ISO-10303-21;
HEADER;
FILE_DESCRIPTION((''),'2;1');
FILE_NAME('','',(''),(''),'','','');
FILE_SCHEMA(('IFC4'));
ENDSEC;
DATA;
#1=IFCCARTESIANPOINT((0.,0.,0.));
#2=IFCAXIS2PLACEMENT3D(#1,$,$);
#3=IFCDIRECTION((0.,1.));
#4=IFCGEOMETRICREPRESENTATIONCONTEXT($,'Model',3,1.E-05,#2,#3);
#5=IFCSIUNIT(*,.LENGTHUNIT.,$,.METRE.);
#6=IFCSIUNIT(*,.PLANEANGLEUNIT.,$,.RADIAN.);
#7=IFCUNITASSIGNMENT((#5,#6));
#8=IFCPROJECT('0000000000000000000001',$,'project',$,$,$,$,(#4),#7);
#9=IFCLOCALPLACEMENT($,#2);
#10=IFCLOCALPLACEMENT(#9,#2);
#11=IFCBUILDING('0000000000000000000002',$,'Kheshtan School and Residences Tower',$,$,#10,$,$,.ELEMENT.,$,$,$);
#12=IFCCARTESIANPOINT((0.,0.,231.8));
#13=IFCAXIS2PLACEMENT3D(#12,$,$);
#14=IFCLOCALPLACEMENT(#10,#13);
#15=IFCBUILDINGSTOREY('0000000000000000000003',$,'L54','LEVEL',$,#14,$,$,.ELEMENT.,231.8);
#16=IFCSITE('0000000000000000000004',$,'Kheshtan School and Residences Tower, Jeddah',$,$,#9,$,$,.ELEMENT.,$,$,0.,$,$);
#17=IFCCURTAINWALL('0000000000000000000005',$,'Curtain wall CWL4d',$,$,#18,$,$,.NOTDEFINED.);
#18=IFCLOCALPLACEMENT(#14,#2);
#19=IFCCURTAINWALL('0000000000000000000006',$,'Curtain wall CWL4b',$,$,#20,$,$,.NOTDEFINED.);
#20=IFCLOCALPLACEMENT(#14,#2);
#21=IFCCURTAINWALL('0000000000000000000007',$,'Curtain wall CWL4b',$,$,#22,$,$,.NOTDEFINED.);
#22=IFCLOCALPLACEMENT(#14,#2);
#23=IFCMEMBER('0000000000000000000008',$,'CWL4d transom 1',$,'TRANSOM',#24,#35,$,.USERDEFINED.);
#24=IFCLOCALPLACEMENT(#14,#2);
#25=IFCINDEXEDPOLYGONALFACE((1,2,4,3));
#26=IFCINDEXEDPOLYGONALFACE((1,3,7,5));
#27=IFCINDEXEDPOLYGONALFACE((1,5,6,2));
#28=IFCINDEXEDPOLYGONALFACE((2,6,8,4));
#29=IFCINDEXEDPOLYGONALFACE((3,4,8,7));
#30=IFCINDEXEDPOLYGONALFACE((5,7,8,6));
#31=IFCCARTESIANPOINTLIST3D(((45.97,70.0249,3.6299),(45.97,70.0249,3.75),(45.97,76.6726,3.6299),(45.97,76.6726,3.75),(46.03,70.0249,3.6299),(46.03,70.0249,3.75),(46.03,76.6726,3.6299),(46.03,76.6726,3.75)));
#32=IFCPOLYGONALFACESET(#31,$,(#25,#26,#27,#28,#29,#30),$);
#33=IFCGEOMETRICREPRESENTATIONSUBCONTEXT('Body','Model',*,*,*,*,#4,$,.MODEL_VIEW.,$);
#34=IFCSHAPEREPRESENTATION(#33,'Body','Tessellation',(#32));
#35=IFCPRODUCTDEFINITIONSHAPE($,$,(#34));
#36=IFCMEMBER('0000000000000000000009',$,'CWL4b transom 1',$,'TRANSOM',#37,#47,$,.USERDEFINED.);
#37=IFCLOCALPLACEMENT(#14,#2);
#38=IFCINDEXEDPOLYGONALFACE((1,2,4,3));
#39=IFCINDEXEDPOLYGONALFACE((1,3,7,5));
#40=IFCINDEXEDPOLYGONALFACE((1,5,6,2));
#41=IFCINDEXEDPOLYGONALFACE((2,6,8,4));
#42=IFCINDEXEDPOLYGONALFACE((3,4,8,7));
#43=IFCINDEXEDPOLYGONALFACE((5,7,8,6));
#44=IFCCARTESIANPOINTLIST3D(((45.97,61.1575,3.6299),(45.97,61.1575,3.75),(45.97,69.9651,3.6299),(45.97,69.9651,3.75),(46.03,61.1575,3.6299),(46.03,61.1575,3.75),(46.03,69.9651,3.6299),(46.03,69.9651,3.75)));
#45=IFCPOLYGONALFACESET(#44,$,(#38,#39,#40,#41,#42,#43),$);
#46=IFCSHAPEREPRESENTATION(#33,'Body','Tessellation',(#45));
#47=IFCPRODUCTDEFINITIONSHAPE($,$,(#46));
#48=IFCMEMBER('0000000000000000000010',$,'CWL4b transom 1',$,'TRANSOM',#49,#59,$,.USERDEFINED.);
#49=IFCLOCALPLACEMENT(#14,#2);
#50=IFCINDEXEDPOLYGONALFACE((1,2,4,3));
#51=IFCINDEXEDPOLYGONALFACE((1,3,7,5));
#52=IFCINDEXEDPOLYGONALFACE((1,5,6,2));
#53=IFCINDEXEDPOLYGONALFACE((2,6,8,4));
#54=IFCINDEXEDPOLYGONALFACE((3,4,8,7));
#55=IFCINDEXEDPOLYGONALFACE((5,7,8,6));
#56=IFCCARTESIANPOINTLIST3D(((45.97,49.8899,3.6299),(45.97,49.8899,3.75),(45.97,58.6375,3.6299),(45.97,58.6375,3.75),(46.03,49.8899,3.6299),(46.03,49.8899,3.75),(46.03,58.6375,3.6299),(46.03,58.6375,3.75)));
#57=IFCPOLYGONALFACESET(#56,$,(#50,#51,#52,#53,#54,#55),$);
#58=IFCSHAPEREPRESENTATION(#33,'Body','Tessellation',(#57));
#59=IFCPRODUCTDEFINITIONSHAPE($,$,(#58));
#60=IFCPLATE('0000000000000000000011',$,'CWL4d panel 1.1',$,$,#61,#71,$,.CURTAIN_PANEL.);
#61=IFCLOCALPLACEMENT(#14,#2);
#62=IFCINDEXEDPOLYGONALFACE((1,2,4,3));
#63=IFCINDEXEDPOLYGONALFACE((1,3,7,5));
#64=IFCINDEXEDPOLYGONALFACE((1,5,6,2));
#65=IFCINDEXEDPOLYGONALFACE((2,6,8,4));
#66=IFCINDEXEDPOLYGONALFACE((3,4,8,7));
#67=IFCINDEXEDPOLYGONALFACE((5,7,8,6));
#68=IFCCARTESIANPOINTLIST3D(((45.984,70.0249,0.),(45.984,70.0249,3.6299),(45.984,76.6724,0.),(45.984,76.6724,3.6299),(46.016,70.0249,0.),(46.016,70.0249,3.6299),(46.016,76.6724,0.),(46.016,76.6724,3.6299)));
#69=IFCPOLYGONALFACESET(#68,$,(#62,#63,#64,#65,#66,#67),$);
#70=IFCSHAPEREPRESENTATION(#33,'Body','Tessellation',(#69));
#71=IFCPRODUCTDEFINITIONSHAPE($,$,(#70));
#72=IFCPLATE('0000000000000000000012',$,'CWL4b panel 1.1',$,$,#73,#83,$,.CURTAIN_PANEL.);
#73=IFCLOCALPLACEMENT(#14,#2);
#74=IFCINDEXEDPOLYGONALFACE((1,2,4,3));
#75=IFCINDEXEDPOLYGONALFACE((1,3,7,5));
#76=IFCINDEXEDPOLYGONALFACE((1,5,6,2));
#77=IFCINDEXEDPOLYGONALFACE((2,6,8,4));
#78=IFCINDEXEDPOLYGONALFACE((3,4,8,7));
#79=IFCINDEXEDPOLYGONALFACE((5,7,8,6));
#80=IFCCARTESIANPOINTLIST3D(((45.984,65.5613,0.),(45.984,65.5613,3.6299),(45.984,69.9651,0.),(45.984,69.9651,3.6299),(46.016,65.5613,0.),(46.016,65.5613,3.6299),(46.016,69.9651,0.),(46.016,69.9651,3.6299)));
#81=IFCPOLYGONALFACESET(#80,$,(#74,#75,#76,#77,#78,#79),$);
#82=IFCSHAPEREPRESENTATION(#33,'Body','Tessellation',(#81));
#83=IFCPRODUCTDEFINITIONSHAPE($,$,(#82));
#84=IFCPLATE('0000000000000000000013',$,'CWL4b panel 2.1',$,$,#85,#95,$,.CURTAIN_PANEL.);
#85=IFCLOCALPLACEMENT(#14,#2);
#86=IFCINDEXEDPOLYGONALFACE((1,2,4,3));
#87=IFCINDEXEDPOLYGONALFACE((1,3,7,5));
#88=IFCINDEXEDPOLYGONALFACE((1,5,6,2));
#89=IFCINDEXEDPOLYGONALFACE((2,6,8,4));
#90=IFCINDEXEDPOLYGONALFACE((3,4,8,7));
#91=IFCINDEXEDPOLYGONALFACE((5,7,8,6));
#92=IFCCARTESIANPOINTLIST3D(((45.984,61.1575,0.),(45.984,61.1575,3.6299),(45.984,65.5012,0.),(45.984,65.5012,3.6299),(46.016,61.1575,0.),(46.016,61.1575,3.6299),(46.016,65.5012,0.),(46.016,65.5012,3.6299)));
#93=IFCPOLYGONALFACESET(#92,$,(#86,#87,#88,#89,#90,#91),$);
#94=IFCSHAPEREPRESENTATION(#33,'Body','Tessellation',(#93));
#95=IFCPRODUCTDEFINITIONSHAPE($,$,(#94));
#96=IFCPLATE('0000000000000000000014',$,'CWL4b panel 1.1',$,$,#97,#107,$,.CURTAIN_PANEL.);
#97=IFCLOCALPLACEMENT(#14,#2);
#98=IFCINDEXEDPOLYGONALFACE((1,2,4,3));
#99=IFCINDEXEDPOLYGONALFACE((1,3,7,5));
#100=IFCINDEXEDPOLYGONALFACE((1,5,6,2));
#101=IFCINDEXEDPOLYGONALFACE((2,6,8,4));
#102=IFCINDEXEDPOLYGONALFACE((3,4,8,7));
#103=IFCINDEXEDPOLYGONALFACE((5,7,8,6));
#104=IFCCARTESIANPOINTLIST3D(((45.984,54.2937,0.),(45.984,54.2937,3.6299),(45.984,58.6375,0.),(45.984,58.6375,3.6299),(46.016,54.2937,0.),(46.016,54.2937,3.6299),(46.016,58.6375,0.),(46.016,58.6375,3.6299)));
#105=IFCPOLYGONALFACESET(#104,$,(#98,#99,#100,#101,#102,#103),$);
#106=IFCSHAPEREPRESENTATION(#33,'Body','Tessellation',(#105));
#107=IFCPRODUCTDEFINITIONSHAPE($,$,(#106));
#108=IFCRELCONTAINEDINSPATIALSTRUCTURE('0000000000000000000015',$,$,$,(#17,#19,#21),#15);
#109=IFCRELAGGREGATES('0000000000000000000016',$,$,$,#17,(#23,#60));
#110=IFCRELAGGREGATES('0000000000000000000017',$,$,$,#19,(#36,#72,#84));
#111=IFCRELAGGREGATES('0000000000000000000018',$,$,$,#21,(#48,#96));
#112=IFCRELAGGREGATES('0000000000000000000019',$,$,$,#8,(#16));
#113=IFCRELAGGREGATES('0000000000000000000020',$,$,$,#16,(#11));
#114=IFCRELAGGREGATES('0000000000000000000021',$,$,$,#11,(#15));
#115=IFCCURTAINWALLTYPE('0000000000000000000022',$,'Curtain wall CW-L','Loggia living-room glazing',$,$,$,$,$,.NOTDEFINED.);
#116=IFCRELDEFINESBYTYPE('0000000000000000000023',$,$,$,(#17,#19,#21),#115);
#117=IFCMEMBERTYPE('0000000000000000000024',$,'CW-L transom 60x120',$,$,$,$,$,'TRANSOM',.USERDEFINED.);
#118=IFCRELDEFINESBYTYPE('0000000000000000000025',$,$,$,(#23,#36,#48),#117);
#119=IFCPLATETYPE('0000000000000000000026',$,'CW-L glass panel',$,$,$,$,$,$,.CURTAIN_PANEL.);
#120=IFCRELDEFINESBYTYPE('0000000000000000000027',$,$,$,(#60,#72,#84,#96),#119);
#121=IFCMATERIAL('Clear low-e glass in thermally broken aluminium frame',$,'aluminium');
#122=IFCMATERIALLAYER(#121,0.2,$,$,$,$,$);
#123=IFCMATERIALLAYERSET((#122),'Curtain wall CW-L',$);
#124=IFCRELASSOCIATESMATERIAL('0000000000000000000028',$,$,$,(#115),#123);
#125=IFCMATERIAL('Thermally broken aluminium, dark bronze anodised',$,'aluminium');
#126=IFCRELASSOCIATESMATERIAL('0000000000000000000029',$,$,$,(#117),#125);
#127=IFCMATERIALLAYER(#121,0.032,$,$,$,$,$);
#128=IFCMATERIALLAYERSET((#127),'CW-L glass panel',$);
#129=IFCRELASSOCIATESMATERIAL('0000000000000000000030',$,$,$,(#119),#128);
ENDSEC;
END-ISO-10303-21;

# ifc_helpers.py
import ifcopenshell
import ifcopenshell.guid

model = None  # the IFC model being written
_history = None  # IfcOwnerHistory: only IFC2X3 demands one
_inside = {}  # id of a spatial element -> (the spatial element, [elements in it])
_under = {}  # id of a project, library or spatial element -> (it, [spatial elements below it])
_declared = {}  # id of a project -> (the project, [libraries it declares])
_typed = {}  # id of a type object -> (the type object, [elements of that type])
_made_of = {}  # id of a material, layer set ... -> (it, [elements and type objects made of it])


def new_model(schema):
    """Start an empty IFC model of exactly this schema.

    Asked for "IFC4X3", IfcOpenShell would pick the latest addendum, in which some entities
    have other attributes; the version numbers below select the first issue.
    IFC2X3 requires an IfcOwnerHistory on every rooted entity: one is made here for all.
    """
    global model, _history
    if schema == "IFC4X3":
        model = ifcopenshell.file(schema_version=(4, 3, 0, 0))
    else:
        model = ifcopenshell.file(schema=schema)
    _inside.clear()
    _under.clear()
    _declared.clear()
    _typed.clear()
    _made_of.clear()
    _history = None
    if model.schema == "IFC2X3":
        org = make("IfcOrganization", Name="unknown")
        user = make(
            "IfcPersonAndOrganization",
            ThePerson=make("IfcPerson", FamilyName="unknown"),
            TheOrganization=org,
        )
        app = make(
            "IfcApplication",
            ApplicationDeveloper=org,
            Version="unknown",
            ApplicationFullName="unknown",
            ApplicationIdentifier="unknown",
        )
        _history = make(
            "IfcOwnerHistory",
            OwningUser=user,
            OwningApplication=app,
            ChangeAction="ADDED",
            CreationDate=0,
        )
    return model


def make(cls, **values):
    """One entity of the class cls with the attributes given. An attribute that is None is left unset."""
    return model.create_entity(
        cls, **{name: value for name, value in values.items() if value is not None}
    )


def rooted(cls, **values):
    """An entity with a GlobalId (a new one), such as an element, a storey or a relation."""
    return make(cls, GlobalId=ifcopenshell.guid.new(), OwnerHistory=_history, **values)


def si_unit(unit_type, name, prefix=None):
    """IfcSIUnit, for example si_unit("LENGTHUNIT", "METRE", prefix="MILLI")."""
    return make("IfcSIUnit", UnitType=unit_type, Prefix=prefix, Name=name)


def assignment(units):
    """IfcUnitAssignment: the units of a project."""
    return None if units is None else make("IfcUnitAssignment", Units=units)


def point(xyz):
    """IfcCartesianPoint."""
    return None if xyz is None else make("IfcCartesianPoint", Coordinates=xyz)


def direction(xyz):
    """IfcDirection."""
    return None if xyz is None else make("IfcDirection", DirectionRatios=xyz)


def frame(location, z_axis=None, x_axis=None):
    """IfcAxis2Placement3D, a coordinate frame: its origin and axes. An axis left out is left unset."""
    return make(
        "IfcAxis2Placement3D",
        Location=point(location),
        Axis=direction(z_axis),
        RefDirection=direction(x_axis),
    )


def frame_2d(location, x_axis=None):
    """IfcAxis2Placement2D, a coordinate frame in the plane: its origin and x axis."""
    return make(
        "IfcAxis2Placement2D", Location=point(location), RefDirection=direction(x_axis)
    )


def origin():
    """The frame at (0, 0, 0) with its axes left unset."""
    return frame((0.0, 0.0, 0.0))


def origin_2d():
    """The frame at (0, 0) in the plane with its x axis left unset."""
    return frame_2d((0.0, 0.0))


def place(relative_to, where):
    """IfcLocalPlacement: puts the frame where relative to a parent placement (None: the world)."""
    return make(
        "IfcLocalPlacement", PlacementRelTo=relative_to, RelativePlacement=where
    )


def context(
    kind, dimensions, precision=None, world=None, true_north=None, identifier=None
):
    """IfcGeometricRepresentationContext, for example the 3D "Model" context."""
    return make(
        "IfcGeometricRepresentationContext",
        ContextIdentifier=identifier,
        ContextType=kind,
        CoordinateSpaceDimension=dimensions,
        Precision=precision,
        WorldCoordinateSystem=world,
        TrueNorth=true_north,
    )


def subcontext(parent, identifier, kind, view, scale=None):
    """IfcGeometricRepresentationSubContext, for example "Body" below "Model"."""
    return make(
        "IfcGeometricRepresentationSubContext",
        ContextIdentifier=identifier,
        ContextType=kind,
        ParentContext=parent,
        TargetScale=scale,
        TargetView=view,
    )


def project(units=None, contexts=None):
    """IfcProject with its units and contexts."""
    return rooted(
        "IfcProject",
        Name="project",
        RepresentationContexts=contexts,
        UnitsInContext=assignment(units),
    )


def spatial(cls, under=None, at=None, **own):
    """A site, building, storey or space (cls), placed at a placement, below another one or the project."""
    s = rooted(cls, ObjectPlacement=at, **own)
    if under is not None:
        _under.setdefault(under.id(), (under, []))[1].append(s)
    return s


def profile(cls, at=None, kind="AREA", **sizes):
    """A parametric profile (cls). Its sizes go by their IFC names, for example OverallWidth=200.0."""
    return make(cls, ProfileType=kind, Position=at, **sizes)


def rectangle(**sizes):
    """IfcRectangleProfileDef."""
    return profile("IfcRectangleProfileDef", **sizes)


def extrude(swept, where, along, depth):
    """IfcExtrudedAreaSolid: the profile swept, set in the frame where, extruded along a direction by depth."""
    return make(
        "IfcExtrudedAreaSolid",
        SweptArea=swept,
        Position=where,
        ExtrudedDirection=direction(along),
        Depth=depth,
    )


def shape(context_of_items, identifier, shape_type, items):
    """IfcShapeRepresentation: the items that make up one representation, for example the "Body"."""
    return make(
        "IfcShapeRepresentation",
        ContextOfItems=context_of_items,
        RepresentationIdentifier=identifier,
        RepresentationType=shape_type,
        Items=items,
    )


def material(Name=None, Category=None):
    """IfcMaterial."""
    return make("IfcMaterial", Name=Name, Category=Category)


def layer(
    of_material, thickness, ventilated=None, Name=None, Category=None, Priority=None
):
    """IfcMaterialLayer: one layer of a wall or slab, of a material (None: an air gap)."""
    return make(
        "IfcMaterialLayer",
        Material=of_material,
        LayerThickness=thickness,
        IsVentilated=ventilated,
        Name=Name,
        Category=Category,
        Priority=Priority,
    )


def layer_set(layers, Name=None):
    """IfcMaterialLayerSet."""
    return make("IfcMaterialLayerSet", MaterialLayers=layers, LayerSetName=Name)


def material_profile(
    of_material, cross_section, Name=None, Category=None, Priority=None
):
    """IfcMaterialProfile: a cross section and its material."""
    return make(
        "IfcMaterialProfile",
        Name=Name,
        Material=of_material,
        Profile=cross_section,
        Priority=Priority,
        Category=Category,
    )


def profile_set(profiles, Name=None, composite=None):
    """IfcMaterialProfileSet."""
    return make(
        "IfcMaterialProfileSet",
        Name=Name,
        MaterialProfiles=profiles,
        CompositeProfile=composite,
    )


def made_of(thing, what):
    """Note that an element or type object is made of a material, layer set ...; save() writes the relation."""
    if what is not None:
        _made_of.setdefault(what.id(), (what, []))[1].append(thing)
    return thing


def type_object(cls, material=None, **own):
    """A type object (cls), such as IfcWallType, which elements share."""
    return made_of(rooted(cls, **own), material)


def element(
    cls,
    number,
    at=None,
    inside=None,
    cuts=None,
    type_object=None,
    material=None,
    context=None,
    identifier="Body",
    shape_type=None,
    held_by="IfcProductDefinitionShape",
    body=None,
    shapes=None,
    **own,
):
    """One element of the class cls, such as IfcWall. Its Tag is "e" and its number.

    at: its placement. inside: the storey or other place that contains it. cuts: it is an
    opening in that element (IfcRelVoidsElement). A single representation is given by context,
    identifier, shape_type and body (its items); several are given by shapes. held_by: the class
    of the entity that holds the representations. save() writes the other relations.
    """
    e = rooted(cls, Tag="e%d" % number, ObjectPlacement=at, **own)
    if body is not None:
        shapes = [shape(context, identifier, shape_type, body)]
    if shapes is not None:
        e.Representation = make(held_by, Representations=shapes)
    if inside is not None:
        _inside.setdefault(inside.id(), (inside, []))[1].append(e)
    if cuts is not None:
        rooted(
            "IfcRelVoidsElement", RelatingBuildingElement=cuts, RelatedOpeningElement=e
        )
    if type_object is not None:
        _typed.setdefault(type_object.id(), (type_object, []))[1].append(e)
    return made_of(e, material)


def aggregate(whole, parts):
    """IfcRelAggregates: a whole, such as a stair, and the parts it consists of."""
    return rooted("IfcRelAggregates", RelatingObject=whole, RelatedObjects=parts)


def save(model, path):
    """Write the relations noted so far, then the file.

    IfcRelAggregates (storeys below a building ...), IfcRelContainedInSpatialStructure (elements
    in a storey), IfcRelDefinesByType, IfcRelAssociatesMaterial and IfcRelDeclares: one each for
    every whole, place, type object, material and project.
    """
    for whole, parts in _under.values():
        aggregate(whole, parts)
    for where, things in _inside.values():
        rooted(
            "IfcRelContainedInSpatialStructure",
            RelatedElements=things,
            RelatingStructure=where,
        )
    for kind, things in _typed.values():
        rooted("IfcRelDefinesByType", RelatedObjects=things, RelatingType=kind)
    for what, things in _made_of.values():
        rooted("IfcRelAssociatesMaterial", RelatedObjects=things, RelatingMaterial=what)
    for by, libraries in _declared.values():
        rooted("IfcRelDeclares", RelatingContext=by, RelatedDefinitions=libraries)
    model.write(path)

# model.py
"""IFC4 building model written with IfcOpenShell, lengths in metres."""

from ifc_helpers import new_model, si_unit, direction, frame, origin, origin_2d, place, context, subcontext, project, spatial, rectangle, extrude, material, layer, layer_set, material_profile, profile_set, type_object, element, aggregate, save


model = new_model("IFC4")

# Units and contexts
model_context = context("Model", 3, precision=1e-05, world=origin(), true_north=direction((0.0, 1.0)))
body_context = subcontext(model_context, "Body", "Model", "MODEL_VIEW")
ifc_project = project(units=[si_unit("LENGTHUNIT", "METRE"), si_unit("PLANEANGLEUNIT", "RADIAN")], contexts=[model_context])

# Site, building, storey
site_placement = place(None, origin())
site = spatial("IfcSite", under=ifc_project, at=site_placement, Name="Kheshtan School and Residences Tower, Jeddah", CompositionType="ELEMENT", RefElevation=0.0)
building_placement = place(site_placement, origin())
building = spatial("IfcBuilding", under=site, at=building_placement, Name="Kheshtan School and Residences Tower", CompositionType="ELEMENT")
storey_placement = place(building_placement, frame((0.0, 0.0, 231.8)))
storey = spatial("IfcBuildingStorey", under=building, at=storey_placement, Name="L54", Description="LEVEL", CompositionType="ELEMENT", Elevation=231.8)

# Curtain wall
ifc_material_1 = material(Name="Clear low-e glass in thermally broken aluminium frame", Category="aluminium")
ifc_layer_1 = layer(ifc_material_1, 0.2)
ifc_layer_set_1 = layer_set([ifc_layer_1], Name="Curtain wall CW-L")
curtain_wall_type = type_object("IfcCurtainWallType", Name="Curtain wall CW-L", Description="Loggia living-room glazing", PredefinedType="NOTDEFINED", material=ifc_layer_set_1)
curtain_wall_1_placement = place(storey_placement, origin())
curtain_wall_1 = element("IfcCurtainWall", 1, at=curtain_wall_1_placement, inside=storey, type_object=curtain_wall_type, Name="Curtain wall CWL4d", PredefinedType="NOTDEFINED")
ifc_material_2 = material(Name="Thermally broken aluminium, dark bronze anodised", Category="aluminium")

# Curtain wall
curtain_wall_2_placement = place(storey_placement, origin())
curtain_wall_2 = element("IfcCurtainWall", 2, at=curtain_wall_2_placement, inside=storey, type_object=curtain_wall_type, Name="Curtain wall CWL4b", PredefinedType="NOTDEFINED")

# Curtain wall
curtain_wall_3_placement = place(storey_placement, origin())
curtain_wall_3 = element("IfcCurtainWall", 3, at=curtain_wall_3_placement, inside=storey, type_object=curtain_wall_type, Name="Curtain wall CWL4b", PredefinedType="NOTDEFINED")

# Members
ifc_material_profile_1 = material_profile(ifc_material_2, rectangle(XDim=0.0601, YDim=0.1201, at=origin_2d()), Name="CW-L transom 60x120")
ifc_profile_set_1 = profile_set([ifc_material_profile_1], Name="Thermally broken aluminium, dark bronze anodised")
member_type_1 = type_object("IfcMemberType", Name="CW-L transom 60x120", ElementType="TRANSOM", PredefinedType="USERDEFINED", material=ifc_profile_set_1)
member_1_placement = place(storey_placement, frame((46.0, 76.6726, 3.6899), z_axis=(0.0, -1.0, 0.0), x_axis=(1.0, 0.0, 0.0)))
member_1 = element("IfcMember", 4, at=member_1_placement, type_object=member_type_1, Name="CWL4d transom 1", ObjectType="TRANSOM", PredefinedType="USERDEFINED", context=body_context, shape_type="SweptSolid", body=[
    extrude(rectangle(XDim=0.0601, YDim=0.1201, at=origin_2d()), origin(), (0.0, 0.0, 1.0), 6.6477),
])
member_2_placement = place(storey_placement, frame((46.0, 69.9651, 3.6899), z_axis=(0.0, -1.0, 0.0), x_axis=(1.0, 0.0, 0.0)))
member_2 = element("IfcMember", 5, at=member_2_placement, type_object=member_type_1, Name="CWL4b transom 1", ObjectType="TRANSOM", PredefinedType="USERDEFINED", context=body_context, shape_type="SweptSolid", body=[
    extrude(rectangle(XDim=0.0601, YDim=0.1201, at=origin_2d()), origin(), (0.0, 0.0, 1.0), 8.8076),
])
member_3_placement = place(storey_placement, frame((46.0, 58.6375, 3.6899), z_axis=(0.0, -1.0, 0.0), x_axis=(1.0, 0.0, 0.0)))
member_3 = element("IfcMember", 6, at=member_3_placement, type_object=member_type_1, Name="CWL4b transom 1", ObjectType="TRANSOM", PredefinedType="USERDEFINED", context=body_context, shape_type="SweptSolid", body=[
    extrude(rectangle(XDim=0.0601, YDim=0.1201, at=origin_2d()), origin(), (0.0, 0.0, 1.0), 8.7476),
])

# Plates
ifc_layer_2 = layer(ifc_material_1, 0.032)
ifc_layer_set_2 = layer_set([ifc_layer_2], Name="CW-L glass panel")
plate_type = type_object("IfcPlateType", Name="CW-L glass panel", PredefinedType="CURTAIN_PANEL", material=ifc_layer_set_2)
plate_1_placement = place(storey_placement, frame((46.0, 73.3486, 0.0), z_axis=(0.0, 0.0, 1.0), x_axis=(0.0, -1.0, 0.0)))
plate_1 = element("IfcPlate", 7, at=plate_1_placement, type_object=plate_type, Name="CWL4d panel 1.1", PredefinedType="CURTAIN_PANEL", context=body_context, shape_type="SweptSolid", body=[
    extrude(rectangle(XDim=6.6475, YDim=0.032, at=origin_2d()), origin(), (0.0, 0.0, 1.0), 3.6299),
])
aggregate(curtain_wall_1, [member_1, plate_1])
plate_2_placement = place(storey_placement, frame((46.0, 67.7632, 0.0), z_axis=(0.0, 0.0, 1.0), x_axis=(0.0, -1.0, 0.0)))
plate_2 = element("IfcPlate", 8, at=plate_2_placement, type_object=plate_type, Name="CWL4b panel 1.1", PredefinedType="CURTAIN_PANEL", context=body_context, shape_type="SweptSolid", body=[
    extrude(rectangle(XDim=4.4038, YDim=0.032, at=origin_2d()), origin(), (0.0, 0.0, 1.0), 3.6299),
])
plate_3_placement = place(storey_placement, frame((46.0, 63.3293, 0.0), z_axis=(0.0, 0.0, 1.0), x_axis=(0.0, -1.0, 0.0)))
plate_3 = element("IfcPlate", 9, at=plate_3_placement, type_object=plate_type, Name="CWL4b panel 2.1", PredefinedType="CURTAIN_PANEL", context=body_context, shape_type="SweptSolid", body=[
    extrude(rectangle(XDim=4.3438, YDim=0.032, at=origin_2d()), origin(), (0.0, 0.0, 1.0), 3.6299),
])
aggregate(curtain_wall_2, [member_2, plate_2, plate_3])
plate_4_placement = place(storey_placement, frame((46.0, 56.4656, 0.0), z_axis=(0.0, 0.0, 1.0), x_axis=(0.0, -1.0, 0.0)))
plate_4 = element("IfcPlate", 10, at=plate_4_placement, type_object=plate_type, Name="CWL4b panel 1.1", PredefinedType="CURTAIN_PANEL", context=body_context, shape_type="SweptSolid", body=[
    extrude(rectangle(XDim=4.3438, YDim=0.032, at=origin_2d()), origin(), (0.0, 0.0, 1.0), 3.6299),
])
aggregate(curtain_wall_3, [member_3, plate_4])

save(model, "model.ifc")
